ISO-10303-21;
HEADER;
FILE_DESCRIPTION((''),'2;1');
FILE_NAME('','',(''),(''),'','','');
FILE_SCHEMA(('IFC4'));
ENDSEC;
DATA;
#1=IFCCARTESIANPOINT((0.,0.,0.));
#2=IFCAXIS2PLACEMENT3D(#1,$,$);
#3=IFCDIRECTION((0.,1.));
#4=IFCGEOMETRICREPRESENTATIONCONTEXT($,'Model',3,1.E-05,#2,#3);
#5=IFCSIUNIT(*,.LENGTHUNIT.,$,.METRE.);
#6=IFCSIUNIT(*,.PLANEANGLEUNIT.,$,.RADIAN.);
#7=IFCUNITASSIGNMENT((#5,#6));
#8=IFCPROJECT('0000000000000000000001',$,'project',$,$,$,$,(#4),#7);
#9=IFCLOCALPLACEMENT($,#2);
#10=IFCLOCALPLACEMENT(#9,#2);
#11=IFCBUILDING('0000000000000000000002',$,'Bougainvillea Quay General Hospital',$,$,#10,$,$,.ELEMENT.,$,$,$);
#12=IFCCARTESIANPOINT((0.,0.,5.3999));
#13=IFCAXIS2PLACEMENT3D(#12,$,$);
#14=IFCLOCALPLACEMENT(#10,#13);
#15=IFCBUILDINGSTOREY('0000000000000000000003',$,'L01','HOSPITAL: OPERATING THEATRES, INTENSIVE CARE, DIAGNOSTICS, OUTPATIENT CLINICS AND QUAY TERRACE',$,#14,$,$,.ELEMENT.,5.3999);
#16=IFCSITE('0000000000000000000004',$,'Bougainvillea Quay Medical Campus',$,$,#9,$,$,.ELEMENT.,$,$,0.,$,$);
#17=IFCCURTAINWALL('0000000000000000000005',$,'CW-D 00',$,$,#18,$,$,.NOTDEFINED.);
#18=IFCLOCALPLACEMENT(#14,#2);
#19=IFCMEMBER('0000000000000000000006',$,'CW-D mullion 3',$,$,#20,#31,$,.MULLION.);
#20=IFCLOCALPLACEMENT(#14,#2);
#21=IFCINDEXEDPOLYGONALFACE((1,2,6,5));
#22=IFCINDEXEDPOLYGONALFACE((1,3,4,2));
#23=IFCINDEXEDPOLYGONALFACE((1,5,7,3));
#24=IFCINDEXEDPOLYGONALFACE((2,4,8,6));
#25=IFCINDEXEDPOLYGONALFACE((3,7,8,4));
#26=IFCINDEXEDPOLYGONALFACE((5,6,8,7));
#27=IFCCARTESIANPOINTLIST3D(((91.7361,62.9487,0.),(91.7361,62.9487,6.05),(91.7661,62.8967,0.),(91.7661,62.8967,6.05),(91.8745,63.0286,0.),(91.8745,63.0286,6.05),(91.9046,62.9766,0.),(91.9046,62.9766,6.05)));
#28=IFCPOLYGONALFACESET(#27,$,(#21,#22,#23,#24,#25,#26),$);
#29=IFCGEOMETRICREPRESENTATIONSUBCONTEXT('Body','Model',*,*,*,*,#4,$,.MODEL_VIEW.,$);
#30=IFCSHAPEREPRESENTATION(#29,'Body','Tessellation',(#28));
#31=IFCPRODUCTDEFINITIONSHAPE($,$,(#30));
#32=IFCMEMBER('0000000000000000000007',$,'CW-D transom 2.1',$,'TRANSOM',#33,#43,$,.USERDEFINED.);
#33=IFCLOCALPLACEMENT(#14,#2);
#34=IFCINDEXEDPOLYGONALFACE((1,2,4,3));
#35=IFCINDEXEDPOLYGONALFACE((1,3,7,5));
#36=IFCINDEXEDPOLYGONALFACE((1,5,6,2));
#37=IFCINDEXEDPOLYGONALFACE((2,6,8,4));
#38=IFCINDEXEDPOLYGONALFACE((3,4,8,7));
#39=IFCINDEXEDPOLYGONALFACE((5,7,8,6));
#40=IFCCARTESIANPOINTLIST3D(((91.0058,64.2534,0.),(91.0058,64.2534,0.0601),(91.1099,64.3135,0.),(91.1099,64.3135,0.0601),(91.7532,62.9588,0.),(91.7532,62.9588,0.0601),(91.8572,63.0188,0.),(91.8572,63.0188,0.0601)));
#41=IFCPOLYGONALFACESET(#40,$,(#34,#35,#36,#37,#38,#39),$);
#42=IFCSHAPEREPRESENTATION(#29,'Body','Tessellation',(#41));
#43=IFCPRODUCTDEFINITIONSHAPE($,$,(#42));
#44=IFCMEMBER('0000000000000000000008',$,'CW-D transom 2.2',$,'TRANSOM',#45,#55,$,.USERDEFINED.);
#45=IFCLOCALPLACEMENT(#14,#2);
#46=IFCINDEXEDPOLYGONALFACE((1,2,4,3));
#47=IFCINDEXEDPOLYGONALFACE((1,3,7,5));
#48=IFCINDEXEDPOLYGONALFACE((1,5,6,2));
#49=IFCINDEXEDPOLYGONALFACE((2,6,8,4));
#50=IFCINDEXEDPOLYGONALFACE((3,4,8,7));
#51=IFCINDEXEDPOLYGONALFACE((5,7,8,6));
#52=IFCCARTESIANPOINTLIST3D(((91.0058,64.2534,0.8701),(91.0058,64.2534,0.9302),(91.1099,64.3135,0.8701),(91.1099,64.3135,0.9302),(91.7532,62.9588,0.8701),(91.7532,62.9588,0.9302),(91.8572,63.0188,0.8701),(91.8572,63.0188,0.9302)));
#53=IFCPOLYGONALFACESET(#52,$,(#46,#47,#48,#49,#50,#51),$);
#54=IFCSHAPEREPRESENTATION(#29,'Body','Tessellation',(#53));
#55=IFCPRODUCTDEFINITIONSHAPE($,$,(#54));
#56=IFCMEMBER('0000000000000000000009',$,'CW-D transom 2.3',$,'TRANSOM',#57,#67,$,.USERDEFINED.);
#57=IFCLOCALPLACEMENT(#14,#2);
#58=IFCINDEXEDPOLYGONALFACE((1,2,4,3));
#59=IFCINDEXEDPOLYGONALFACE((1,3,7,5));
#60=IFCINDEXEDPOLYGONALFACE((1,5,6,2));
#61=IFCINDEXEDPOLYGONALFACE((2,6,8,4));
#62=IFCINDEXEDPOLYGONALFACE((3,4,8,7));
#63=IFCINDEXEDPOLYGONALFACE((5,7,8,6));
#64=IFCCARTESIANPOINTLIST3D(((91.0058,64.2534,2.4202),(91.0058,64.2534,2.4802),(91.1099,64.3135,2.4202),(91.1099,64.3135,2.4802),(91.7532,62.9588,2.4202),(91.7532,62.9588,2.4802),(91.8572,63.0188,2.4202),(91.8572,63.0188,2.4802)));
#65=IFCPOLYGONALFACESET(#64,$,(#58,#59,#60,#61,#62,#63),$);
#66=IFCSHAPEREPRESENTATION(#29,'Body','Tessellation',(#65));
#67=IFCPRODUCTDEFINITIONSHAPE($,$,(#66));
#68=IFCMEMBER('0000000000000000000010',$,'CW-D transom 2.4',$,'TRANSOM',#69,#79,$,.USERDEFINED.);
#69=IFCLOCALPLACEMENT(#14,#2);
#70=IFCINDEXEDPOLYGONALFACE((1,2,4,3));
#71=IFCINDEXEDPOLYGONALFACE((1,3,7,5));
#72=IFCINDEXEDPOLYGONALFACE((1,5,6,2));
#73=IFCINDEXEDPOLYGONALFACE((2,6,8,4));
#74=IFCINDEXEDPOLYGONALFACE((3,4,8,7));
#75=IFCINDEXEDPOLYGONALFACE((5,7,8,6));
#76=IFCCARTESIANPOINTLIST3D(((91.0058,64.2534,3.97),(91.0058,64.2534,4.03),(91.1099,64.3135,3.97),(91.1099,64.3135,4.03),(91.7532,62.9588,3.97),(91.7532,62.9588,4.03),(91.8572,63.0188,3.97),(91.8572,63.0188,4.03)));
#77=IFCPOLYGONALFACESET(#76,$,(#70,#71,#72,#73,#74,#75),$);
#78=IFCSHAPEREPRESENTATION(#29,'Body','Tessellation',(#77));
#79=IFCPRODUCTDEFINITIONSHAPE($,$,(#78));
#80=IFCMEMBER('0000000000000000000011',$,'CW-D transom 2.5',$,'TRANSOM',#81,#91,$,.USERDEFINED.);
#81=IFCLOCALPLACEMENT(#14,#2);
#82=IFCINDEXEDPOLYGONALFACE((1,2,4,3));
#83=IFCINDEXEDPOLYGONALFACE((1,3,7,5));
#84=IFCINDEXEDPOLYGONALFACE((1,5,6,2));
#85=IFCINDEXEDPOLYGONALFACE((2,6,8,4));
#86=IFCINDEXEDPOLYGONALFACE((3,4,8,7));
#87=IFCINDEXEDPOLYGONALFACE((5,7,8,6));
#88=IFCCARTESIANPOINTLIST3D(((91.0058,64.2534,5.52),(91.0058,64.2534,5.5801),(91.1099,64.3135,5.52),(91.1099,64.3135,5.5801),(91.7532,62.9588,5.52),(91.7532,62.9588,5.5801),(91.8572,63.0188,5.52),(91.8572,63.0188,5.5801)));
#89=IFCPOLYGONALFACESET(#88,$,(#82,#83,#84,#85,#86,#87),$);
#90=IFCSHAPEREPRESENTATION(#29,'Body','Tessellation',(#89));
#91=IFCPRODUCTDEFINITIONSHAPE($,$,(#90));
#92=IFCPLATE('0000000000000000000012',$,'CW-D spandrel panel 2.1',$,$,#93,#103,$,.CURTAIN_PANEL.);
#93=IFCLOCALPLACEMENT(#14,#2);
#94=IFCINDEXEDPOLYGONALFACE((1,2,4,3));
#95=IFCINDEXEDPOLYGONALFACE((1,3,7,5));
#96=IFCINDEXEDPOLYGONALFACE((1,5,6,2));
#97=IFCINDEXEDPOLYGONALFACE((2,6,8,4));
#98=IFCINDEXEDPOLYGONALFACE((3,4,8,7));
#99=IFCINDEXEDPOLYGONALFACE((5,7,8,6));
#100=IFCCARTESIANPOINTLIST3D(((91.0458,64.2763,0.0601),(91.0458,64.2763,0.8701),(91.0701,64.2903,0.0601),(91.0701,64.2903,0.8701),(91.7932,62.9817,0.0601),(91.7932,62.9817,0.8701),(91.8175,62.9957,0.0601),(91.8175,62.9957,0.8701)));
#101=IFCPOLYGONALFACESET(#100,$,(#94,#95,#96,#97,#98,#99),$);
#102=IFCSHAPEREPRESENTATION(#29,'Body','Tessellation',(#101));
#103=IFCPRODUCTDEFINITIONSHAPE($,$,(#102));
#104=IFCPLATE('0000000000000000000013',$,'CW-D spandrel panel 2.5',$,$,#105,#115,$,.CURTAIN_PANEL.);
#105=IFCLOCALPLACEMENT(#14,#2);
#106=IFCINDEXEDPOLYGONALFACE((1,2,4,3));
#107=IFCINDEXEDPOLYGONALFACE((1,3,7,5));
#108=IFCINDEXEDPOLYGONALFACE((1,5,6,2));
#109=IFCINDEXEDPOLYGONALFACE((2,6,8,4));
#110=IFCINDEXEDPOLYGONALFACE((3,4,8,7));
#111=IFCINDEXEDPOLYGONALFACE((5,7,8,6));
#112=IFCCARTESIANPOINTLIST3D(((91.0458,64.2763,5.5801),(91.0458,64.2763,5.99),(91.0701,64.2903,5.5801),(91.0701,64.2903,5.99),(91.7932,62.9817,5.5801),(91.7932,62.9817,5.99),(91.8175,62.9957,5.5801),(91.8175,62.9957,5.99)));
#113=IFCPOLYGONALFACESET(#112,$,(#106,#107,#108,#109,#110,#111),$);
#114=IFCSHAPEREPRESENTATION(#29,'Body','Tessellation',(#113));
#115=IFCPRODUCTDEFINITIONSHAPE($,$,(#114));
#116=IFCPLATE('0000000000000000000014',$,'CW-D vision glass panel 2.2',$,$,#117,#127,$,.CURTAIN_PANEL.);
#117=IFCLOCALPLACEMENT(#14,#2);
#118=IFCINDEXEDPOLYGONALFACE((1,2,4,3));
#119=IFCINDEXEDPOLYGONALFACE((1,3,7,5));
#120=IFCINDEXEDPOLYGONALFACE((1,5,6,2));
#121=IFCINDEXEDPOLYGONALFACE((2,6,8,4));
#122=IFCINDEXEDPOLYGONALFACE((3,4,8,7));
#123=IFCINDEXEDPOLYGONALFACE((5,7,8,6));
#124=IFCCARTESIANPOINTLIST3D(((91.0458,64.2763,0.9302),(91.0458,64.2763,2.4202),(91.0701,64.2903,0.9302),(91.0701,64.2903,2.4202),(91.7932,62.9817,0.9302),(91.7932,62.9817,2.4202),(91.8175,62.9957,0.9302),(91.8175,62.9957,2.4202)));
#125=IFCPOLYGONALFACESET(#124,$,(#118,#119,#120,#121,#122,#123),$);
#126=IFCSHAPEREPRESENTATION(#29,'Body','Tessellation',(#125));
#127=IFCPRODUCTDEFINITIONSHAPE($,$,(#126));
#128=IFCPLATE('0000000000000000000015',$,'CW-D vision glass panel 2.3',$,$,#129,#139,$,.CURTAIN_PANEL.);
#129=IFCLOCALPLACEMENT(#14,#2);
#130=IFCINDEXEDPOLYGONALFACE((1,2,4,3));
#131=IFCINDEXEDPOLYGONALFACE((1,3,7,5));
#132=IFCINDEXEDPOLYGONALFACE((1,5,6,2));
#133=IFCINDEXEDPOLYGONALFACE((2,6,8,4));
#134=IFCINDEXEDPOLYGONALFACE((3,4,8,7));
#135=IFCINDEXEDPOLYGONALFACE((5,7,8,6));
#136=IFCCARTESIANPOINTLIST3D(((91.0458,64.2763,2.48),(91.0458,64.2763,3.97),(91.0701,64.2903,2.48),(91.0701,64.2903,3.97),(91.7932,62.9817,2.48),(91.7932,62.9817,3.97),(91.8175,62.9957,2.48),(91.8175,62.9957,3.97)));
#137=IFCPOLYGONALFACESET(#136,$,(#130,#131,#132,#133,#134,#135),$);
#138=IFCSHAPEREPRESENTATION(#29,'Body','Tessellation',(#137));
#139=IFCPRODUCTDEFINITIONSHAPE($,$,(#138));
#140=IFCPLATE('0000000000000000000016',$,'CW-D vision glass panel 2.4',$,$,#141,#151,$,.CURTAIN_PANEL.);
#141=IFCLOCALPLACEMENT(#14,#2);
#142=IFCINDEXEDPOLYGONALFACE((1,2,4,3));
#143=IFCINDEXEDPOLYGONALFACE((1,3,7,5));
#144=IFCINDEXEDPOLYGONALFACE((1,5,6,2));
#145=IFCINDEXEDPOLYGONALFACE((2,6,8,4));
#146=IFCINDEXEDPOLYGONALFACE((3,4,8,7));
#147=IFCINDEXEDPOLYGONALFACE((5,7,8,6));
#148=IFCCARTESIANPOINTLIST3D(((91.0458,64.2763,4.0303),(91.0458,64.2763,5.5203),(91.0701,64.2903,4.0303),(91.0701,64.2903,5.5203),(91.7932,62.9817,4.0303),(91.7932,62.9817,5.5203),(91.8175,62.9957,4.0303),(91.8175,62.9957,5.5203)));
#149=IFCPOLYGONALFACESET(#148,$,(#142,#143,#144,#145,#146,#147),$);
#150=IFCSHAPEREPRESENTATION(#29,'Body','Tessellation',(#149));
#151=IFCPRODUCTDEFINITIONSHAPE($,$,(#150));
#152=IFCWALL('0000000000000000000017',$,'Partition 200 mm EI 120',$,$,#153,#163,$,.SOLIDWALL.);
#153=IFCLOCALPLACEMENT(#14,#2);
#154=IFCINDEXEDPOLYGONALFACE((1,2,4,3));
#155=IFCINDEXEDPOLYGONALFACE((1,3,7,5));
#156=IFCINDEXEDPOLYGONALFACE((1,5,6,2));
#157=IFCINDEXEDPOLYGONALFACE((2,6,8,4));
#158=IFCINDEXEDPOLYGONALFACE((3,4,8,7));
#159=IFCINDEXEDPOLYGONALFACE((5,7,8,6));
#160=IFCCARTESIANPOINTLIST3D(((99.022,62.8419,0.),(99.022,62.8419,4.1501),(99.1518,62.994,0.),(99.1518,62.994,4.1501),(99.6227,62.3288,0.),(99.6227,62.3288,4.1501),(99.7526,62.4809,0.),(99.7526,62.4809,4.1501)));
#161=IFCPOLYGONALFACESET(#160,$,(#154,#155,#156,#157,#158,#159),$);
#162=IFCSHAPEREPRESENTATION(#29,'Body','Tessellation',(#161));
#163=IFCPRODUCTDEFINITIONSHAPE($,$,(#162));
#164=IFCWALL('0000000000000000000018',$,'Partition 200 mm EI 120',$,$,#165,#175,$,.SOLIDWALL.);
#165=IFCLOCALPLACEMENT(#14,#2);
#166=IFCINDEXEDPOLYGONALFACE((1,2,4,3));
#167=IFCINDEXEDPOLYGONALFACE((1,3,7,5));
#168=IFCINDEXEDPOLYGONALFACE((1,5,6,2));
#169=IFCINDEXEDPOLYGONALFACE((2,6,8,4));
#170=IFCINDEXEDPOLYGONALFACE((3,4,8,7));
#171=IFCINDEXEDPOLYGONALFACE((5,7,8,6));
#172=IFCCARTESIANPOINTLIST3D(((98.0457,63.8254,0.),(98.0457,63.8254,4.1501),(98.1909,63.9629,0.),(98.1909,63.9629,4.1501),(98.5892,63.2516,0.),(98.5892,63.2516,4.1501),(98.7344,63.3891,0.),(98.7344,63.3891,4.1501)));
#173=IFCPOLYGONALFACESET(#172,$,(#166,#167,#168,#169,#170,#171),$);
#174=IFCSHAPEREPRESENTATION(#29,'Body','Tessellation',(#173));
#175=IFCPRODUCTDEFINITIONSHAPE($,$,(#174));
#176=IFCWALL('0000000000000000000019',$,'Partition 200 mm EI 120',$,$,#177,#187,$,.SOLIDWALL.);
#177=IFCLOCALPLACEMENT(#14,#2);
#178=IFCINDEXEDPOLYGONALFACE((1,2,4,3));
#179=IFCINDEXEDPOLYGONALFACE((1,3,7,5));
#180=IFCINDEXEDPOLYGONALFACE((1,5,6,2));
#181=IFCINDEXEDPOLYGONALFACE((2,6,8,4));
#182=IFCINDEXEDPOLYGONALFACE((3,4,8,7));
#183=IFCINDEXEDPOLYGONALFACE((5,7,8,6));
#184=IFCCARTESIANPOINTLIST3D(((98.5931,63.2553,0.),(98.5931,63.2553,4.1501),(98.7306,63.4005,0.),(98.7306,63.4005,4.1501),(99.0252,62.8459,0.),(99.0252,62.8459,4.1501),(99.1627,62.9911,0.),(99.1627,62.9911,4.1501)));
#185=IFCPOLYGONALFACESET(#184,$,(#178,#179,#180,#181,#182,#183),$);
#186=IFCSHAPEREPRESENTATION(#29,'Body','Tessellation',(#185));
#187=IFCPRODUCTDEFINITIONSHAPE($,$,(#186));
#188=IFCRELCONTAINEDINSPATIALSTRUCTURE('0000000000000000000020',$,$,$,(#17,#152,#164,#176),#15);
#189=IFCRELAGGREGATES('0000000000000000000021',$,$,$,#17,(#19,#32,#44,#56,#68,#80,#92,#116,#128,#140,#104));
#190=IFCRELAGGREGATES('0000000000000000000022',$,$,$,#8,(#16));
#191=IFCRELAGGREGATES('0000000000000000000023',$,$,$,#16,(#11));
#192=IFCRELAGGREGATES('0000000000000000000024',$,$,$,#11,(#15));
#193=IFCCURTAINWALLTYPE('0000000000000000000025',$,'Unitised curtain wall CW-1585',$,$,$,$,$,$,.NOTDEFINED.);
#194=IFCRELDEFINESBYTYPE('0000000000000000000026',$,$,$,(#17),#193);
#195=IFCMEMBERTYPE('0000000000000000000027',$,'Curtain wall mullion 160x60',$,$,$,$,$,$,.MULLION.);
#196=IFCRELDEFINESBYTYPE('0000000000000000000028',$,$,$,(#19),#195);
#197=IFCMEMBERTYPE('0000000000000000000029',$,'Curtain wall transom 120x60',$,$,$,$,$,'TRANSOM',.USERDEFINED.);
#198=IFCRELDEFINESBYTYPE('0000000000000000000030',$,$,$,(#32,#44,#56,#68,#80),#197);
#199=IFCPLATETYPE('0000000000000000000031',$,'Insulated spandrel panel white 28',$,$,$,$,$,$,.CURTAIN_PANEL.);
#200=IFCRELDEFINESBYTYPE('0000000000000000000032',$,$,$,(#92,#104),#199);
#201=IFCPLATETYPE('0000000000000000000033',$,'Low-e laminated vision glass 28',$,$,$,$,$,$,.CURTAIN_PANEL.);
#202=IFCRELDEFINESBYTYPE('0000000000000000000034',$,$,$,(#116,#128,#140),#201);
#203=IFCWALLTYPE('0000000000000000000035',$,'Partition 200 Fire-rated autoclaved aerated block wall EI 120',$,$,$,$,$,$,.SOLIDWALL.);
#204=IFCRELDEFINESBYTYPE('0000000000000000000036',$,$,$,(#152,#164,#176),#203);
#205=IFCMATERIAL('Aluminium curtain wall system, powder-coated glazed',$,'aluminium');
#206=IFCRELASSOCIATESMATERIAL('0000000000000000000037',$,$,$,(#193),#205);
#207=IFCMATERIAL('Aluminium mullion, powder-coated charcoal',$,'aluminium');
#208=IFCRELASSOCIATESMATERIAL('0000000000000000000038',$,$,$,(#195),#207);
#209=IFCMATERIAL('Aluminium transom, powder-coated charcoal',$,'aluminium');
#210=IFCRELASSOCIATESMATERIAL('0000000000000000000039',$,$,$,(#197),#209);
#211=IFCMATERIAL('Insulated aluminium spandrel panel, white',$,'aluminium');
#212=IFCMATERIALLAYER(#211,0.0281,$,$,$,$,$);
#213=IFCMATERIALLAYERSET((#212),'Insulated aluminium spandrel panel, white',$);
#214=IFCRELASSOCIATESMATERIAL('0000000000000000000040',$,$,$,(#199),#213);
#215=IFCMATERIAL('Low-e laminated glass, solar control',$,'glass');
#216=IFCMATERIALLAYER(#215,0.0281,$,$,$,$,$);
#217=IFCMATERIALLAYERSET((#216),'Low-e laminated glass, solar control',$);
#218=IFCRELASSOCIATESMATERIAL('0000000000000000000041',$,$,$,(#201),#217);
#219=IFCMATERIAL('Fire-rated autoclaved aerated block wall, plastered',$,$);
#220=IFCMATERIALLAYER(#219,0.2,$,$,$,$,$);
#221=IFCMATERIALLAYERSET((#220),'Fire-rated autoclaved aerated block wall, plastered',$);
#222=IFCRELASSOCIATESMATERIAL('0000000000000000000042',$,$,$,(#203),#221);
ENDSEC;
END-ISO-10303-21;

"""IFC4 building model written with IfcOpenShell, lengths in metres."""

from ifc_helpers import new_model, si_unit, direction, frame, frame_2d, origin, origin_2d, place, context, subcontext, project, spatial, rectangle, extrude, material, layer, layer_set, material_profile, profile_set, type_object, element, aggregate, save


model = new_model("IFC4")

# Units and contexts
model_context = context("Model", 3, precision=1e-05, world=origin(), true_north=direction((0.0, 1.0)))
body_context = subcontext(model_context, "Body", "Model", "MODEL_VIEW")
ifc_project = project(units=[si_unit("LENGTHUNIT", "METRE"), si_unit("PLANEANGLEUNIT", "RADIAN")], contexts=[model_context])

# Site, building, storey
site_placement = place(None, origin())
site = spatial("IfcSite", under=ifc_project, at=site_placement, Name="Bougainvillea Quay Medical Campus", CompositionType="ELEMENT", RefElevation=0.0)
building_placement = place(site_placement, origin())
building = spatial("IfcBuilding", under=site, at=building_placement, Name="Bougainvillea Quay General Hospital", CompositionType="ELEMENT")
storey_placement = place(building_placement, frame((0.0, 0.0, 5.3999)))
storey = spatial("IfcBuildingStorey", under=building, at=storey_placement, Name="L01", Description="HOSPITAL: OPERATING THEATRES, INTENSIVE CARE, DIAGNOSTICS, OUTPATIENT CLINICS AND QUAY TERRACE", CompositionType="ELEMENT", Elevation=5.3999)

# Curtain wall, members, plates
ifc_material_1 = material(Name="Aluminium curtain wall system, powder-coated glazed", Category="aluminium")
curtain_wall_type = type_object("IfcCurtainWallType", Name="Unitised curtain wall CW-1585", PredefinedType="NOTDEFINED", material=ifc_material_1)
curtain_wall_placement = place(storey_placement, origin())
curtain_wall = element("IfcCurtainWall", 1, at=curtain_wall_placement, inside=storey, type_object=curtain_wall_type, Name="CW-D 00", PredefinedType="NOTDEFINED")
ifc_material_2 = material(Name="Aluminium mullion, powder-coated charcoal", Category="aluminium")
ifc_material_profile_1 = material_profile(ifc_material_2, rectangle(XDim=0.1599, YDim=0.0601, at=origin_2d()))
ifc_profile_set_1 = profile_set([ifc_material_profile_1], Name="Aluminium mullion, powder-coated charcoal")
member_type_1 = type_object("IfcMemberType", Name="Curtain wall mullion 160x60", PredefinedType="MULLION", material=ifc_profile_set_1)
member_1_placement = place(storey_placement, frame((91.8203, 62.9626, 0.0), z_axis=(0.0, 0.0, 1.0), x_axis=(0.866046, 0.499965, 0.0)))
member_1 = element("IfcMember", 2, at=member_1_placement, type_object=member_type_1, Name="CW-D mullion 3", PredefinedType="MULLION", context=body_context, shape_type="SweptSolid", body=[
    extrude(rectangle(XDim=0.1599, YDim=0.0601, at=origin_2d()), origin(), (0.0, 0.0, 1.0), 6.05),
])
ifc_material_3 = material(Name="Aluminium transom, powder-coated charcoal", Category="aluminium")
ifc_material_profile_2 = material_profile(ifc_material_3, rectangle(XDim=0.1201, YDim=0.0601, at=origin_2d()))
ifc_profile_set_2 = profile_set([ifc_material_profile_2], Name="Aluminium transom, powder-coated charcoal")
member_type_2 = type_object("IfcMemberType", Name="Curtain wall transom 120x60", ElementType="TRANSOM", PredefinedType="USERDEFINED", material=ifc_profile_set_2)
member_2_placement = place(storey_placement, frame((91.0579, 64.2834, 0.03), z_axis=(0.499916, -0.866074, 0.0), x_axis=(0.866074, 0.499916, 0.0)))
member_2 = element("IfcMember", 3, at=member_2_placement, type_object=member_type_2, Name="CW-D transom 2.1", ObjectType="TRANSOM", PredefinedType="USERDEFINED", context=body_context, shape_type="SweptSolid", body=[
    extrude(rectangle(XDim=0.1201, YDim=0.0601, at=origin_2d()), origin(), (0.0, 0.0, 1.0), 1.4949),
])
member_3_placement = place(storey_placement, frame((91.0579, 64.2834, 0.9001), z_axis=(0.499916, -0.866074, 0.0), x_axis=(0.866074, 0.499916, 0.0)))
member_3 = element("IfcMember", 4, at=member_3_placement, type_object=member_type_2, Name="CW-D transom 2.2", ObjectType="TRANSOM", PredefinedType="USERDEFINED", context=body_context, shape_type="SweptSolid", body=[
    extrude(rectangle(XDim=0.1201, YDim=0.0601, at=origin_2d()), origin(), (0.0, 0.0, 1.0), 1.4949),
])
member_4_placement = place(storey_placement, frame((91.0579, 64.2834, 2.4502), z_axis=(0.499916, -0.866074, 0.0), x_axis=(0.866074, 0.499916, 0.0)))
member_4 = element("IfcMember", 5, at=member_4_placement, type_object=member_type_2, Name="CW-D transom 2.3", ObjectType="TRANSOM", PredefinedType="USERDEFINED", context=body_context, shape_type="SweptSolid", body=[
    extrude(rectangle(XDim=0.1201, YDim=0.0601, at=origin_2d()), origin(), (0.0, 0.0, 1.0), 1.4949),
])
member_5_placement = place(storey_placement, frame((91.0579, 64.2834, 4.0), z_axis=(0.499916, -0.866074, 0.0), x_axis=(0.866074, 0.499916, 0.0)))
member_5 = element("IfcMember", 6, at=member_5_placement, type_object=member_type_2, Name="CW-D transom 2.4", ObjectType="TRANSOM", PredefinedType="USERDEFINED", context=body_context, shape_type="SweptSolid", body=[
    extrude(rectangle(XDim=0.1201, YDim=0.0601, at=origin_2d()), origin(), (0.0, 0.0, 1.0), 1.4949),
])
member_6_placement = place(storey_placement, frame((91.0579, 64.2834, 5.55), z_axis=(0.499916, -0.866074, 0.0), x_axis=(0.866074, 0.499916, 0.0)))
member_6 = element("IfcMember", 7, at=member_6_placement, type_object=member_type_2, Name="CW-D transom 2.5", ObjectType="TRANSOM", PredefinedType="USERDEFINED", context=body_context, shape_type="SweptSolid", body=[
    extrude(rectangle(XDim=0.1201, YDim=0.0601, at=origin_2d()), origin(), (0.0, 0.0, 1.0), 1.4949),
])
ifc_material_4 = material(Name="Insulated aluminium spandrel panel, white", Category="aluminium")
ifc_layer_1 = layer(ifc_material_4, 0.0281)
ifc_layer_set_1 = layer_set([ifc_layer_1], Name="Insulated aluminium spandrel panel, white")
plate_type_1 = type_object("IfcPlateType", Name="Insulated spandrel panel white 28", PredefinedType="CURTAIN_PANEL", material=ifc_layer_set_1)
plate_1_placement = place(storey_placement, frame((91.4316, 63.636, 0.0601), z_axis=(0.0, 0.0, 1.0), x_axis=(0.499965, -0.866046, 0.0)))
plate_1 = element("IfcPlate", 8, at=plate_1_placement, type_object=plate_type_1, Name="CW-D spandrel panel 2.1", PredefinedType="CURTAIN_PANEL", context=body_context, shape_type="SweptSolid", body=[
    extrude(rectangle(XDim=1.4949, YDim=0.0281, at=origin_2d()), origin(), (0.0, 0.0, 1.0), 0.8101),
])
plate_2_placement = place(storey_placement, frame((91.4316, 63.636, 5.5801), z_axis=(0.0, 0.0, 1.0), x_axis=(0.499965, -0.866046, 0.0)))
plate_2 = element("IfcPlate", 9, at=plate_2_placement, type_object=plate_type_1, Name="CW-D spandrel panel 2.5", PredefinedType="CURTAIN_PANEL", context=body_context, shape_type="SweptSolid", body=[
    extrude(rectangle(XDim=1.4949, YDim=0.0281, at=origin_2d()), origin(), (0.0, 0.0, 1.0), 0.4099),
])
ifc_material_5 = material(Name="Low-e laminated glass, solar control", Category="glass")
ifc_layer_2 = layer(ifc_material_5, 0.0281)
ifc_layer_set_2 = layer_set([ifc_layer_2], Name="Low-e laminated glass, solar control")
plate_type_2 = type_object("IfcPlateType", Name="Low-e laminated vision glass 28", PredefinedType="CURTAIN_PANEL", material=ifc_layer_set_2)
plate_3_placement = place(storey_placement, frame((91.4316, 63.636, 0.9302), z_axis=(0.0, 0.0, 1.0), x_axis=(0.499965, -0.866046, 0.0)))
plate_3 = element("IfcPlate", 10, at=plate_3_placement, type_object=plate_type_2, Name="CW-D vision glass panel 2.2", PredefinedType="CURTAIN_PANEL", context=body_context, shape_type="SweptSolid", body=[
    extrude(rectangle(XDim=1.4949, YDim=0.0281, at=origin_2d()), origin(), (0.0, 0.0, 1.0), 1.49),
])
plate_4_placement = place(storey_placement, frame((91.4316, 63.636, 2.48), z_axis=(0.0, 0.0, 1.0), x_axis=(0.499965, -0.866046, 0.0)))
plate_4 = element("IfcPlate", 11, at=plate_4_placement, type_object=plate_type_2, Name="CW-D vision glass panel 2.3", PredefinedType="CURTAIN_PANEL", context=body_context, shape_type="SweptSolid", body=[
    extrude(rectangle(XDim=1.4949, YDim=0.0281, at=origin_2d()), origin(), (0.0, 0.0, 1.0), 1.49),
])
plate_5_placement = place(storey_placement, frame((91.4316, 63.636, 4.0303), z_axis=(0.0, 0.0, 1.0), x_axis=(0.499965, -0.866046, 0.0)))
plate_5 = element("IfcPlate", 12, at=plate_5_placement, type_object=plate_type_2, Name="CW-D vision glass panel 2.4", PredefinedType="CURTAIN_PANEL", context=body_context, shape_type="SweptSolid", body=[
    extrude(rectangle(XDim=1.4949, YDim=0.0281, at=origin_2d()), origin(), (0.0, 0.0, 1.0), 1.49),
])
aggregate(curtain_wall, [member_1, member_2, member_3, member_4, member_5, member_6, plate_1, plate_3, plate_4, plate_5, plate_2])

# Walls
ifc_material_6 = material(Name="Fire-rated autoclaved aerated block wall, plastered")
ifc_layer_3 = layer(ifc_material_6, 0.2)
ifc_layer_set_3 = layer_set([ifc_layer_3], Name="Fire-rated autoclaved aerated block wall, plastered")
wall_type_1 = type_object("IfcWallType", Name="Partition 200 Fire-rated autoclaved aerated block wall EI 120", PredefinedType="SOLIDWALL", material=ifc_layer_set_3)
wall_1_placement = place(storey_placement, frame((99.0869, 62.918, 0.0), z_axis=(0.0, 0.0, 1.0), x_axis=(0.76039, -0.649467, 0.0)))
element("IfcWall", 13, at=wall_1_placement, inside=storey, type_object=wall_type_1, Name="Partition 200 mm EI 120", PredefinedType="SOLIDWALL", context=body_context, shape_type="SweptSolid", body=[
    extrude(rectangle(XDim=0.79, YDim=0.2, at=frame_2d((0.395, 0.0))), origin(), (0.0, 0.0, 1.0), 4.1501),
])
wall_2_placement = place(storey_placement, frame((98.1184, 63.894, 0.0), z_axis=(0.0, 0.0, 1.0), x_axis=(0.687693, -0.726001, 0.0)))
element("IfcWall", 14, at=wall_2_placement, inside=storey, type_object=wall_type_1, Name="Partition 200 mm EI 120", PredefinedType="SOLIDWALL", context=body_context, shape_type="SweptSolid", body=[
    extrude(rectangle(XDim=0.7903, YDim=0.2, at=frame_2d((0.395, 0.0))), origin(), (0.0, 0.0, 1.0), 4.1501),
])
wall_3_placement = place(storey_placement, frame((98.6619, 63.3279, 0.0), z_axis=(0.0, 0.0, 1.0), x_axis=(0.72592, -0.687779, 0.0)))
element("IfcWall", 15, at=wall_3_placement, inside=storey, type_object=wall_type_1, Name="Partition 200 mm EI 120", PredefinedType="SOLIDWALL", context=body_context, shape_type="SweptSolid", body=[
    extrude(rectangle(XDim=0.5952, YDim=0.2, at=frame_2d((0.2976, 0.0))), origin(), (0.0, 0.0, 1.0), 4.1501),
])

save(model, "model.ifc")
